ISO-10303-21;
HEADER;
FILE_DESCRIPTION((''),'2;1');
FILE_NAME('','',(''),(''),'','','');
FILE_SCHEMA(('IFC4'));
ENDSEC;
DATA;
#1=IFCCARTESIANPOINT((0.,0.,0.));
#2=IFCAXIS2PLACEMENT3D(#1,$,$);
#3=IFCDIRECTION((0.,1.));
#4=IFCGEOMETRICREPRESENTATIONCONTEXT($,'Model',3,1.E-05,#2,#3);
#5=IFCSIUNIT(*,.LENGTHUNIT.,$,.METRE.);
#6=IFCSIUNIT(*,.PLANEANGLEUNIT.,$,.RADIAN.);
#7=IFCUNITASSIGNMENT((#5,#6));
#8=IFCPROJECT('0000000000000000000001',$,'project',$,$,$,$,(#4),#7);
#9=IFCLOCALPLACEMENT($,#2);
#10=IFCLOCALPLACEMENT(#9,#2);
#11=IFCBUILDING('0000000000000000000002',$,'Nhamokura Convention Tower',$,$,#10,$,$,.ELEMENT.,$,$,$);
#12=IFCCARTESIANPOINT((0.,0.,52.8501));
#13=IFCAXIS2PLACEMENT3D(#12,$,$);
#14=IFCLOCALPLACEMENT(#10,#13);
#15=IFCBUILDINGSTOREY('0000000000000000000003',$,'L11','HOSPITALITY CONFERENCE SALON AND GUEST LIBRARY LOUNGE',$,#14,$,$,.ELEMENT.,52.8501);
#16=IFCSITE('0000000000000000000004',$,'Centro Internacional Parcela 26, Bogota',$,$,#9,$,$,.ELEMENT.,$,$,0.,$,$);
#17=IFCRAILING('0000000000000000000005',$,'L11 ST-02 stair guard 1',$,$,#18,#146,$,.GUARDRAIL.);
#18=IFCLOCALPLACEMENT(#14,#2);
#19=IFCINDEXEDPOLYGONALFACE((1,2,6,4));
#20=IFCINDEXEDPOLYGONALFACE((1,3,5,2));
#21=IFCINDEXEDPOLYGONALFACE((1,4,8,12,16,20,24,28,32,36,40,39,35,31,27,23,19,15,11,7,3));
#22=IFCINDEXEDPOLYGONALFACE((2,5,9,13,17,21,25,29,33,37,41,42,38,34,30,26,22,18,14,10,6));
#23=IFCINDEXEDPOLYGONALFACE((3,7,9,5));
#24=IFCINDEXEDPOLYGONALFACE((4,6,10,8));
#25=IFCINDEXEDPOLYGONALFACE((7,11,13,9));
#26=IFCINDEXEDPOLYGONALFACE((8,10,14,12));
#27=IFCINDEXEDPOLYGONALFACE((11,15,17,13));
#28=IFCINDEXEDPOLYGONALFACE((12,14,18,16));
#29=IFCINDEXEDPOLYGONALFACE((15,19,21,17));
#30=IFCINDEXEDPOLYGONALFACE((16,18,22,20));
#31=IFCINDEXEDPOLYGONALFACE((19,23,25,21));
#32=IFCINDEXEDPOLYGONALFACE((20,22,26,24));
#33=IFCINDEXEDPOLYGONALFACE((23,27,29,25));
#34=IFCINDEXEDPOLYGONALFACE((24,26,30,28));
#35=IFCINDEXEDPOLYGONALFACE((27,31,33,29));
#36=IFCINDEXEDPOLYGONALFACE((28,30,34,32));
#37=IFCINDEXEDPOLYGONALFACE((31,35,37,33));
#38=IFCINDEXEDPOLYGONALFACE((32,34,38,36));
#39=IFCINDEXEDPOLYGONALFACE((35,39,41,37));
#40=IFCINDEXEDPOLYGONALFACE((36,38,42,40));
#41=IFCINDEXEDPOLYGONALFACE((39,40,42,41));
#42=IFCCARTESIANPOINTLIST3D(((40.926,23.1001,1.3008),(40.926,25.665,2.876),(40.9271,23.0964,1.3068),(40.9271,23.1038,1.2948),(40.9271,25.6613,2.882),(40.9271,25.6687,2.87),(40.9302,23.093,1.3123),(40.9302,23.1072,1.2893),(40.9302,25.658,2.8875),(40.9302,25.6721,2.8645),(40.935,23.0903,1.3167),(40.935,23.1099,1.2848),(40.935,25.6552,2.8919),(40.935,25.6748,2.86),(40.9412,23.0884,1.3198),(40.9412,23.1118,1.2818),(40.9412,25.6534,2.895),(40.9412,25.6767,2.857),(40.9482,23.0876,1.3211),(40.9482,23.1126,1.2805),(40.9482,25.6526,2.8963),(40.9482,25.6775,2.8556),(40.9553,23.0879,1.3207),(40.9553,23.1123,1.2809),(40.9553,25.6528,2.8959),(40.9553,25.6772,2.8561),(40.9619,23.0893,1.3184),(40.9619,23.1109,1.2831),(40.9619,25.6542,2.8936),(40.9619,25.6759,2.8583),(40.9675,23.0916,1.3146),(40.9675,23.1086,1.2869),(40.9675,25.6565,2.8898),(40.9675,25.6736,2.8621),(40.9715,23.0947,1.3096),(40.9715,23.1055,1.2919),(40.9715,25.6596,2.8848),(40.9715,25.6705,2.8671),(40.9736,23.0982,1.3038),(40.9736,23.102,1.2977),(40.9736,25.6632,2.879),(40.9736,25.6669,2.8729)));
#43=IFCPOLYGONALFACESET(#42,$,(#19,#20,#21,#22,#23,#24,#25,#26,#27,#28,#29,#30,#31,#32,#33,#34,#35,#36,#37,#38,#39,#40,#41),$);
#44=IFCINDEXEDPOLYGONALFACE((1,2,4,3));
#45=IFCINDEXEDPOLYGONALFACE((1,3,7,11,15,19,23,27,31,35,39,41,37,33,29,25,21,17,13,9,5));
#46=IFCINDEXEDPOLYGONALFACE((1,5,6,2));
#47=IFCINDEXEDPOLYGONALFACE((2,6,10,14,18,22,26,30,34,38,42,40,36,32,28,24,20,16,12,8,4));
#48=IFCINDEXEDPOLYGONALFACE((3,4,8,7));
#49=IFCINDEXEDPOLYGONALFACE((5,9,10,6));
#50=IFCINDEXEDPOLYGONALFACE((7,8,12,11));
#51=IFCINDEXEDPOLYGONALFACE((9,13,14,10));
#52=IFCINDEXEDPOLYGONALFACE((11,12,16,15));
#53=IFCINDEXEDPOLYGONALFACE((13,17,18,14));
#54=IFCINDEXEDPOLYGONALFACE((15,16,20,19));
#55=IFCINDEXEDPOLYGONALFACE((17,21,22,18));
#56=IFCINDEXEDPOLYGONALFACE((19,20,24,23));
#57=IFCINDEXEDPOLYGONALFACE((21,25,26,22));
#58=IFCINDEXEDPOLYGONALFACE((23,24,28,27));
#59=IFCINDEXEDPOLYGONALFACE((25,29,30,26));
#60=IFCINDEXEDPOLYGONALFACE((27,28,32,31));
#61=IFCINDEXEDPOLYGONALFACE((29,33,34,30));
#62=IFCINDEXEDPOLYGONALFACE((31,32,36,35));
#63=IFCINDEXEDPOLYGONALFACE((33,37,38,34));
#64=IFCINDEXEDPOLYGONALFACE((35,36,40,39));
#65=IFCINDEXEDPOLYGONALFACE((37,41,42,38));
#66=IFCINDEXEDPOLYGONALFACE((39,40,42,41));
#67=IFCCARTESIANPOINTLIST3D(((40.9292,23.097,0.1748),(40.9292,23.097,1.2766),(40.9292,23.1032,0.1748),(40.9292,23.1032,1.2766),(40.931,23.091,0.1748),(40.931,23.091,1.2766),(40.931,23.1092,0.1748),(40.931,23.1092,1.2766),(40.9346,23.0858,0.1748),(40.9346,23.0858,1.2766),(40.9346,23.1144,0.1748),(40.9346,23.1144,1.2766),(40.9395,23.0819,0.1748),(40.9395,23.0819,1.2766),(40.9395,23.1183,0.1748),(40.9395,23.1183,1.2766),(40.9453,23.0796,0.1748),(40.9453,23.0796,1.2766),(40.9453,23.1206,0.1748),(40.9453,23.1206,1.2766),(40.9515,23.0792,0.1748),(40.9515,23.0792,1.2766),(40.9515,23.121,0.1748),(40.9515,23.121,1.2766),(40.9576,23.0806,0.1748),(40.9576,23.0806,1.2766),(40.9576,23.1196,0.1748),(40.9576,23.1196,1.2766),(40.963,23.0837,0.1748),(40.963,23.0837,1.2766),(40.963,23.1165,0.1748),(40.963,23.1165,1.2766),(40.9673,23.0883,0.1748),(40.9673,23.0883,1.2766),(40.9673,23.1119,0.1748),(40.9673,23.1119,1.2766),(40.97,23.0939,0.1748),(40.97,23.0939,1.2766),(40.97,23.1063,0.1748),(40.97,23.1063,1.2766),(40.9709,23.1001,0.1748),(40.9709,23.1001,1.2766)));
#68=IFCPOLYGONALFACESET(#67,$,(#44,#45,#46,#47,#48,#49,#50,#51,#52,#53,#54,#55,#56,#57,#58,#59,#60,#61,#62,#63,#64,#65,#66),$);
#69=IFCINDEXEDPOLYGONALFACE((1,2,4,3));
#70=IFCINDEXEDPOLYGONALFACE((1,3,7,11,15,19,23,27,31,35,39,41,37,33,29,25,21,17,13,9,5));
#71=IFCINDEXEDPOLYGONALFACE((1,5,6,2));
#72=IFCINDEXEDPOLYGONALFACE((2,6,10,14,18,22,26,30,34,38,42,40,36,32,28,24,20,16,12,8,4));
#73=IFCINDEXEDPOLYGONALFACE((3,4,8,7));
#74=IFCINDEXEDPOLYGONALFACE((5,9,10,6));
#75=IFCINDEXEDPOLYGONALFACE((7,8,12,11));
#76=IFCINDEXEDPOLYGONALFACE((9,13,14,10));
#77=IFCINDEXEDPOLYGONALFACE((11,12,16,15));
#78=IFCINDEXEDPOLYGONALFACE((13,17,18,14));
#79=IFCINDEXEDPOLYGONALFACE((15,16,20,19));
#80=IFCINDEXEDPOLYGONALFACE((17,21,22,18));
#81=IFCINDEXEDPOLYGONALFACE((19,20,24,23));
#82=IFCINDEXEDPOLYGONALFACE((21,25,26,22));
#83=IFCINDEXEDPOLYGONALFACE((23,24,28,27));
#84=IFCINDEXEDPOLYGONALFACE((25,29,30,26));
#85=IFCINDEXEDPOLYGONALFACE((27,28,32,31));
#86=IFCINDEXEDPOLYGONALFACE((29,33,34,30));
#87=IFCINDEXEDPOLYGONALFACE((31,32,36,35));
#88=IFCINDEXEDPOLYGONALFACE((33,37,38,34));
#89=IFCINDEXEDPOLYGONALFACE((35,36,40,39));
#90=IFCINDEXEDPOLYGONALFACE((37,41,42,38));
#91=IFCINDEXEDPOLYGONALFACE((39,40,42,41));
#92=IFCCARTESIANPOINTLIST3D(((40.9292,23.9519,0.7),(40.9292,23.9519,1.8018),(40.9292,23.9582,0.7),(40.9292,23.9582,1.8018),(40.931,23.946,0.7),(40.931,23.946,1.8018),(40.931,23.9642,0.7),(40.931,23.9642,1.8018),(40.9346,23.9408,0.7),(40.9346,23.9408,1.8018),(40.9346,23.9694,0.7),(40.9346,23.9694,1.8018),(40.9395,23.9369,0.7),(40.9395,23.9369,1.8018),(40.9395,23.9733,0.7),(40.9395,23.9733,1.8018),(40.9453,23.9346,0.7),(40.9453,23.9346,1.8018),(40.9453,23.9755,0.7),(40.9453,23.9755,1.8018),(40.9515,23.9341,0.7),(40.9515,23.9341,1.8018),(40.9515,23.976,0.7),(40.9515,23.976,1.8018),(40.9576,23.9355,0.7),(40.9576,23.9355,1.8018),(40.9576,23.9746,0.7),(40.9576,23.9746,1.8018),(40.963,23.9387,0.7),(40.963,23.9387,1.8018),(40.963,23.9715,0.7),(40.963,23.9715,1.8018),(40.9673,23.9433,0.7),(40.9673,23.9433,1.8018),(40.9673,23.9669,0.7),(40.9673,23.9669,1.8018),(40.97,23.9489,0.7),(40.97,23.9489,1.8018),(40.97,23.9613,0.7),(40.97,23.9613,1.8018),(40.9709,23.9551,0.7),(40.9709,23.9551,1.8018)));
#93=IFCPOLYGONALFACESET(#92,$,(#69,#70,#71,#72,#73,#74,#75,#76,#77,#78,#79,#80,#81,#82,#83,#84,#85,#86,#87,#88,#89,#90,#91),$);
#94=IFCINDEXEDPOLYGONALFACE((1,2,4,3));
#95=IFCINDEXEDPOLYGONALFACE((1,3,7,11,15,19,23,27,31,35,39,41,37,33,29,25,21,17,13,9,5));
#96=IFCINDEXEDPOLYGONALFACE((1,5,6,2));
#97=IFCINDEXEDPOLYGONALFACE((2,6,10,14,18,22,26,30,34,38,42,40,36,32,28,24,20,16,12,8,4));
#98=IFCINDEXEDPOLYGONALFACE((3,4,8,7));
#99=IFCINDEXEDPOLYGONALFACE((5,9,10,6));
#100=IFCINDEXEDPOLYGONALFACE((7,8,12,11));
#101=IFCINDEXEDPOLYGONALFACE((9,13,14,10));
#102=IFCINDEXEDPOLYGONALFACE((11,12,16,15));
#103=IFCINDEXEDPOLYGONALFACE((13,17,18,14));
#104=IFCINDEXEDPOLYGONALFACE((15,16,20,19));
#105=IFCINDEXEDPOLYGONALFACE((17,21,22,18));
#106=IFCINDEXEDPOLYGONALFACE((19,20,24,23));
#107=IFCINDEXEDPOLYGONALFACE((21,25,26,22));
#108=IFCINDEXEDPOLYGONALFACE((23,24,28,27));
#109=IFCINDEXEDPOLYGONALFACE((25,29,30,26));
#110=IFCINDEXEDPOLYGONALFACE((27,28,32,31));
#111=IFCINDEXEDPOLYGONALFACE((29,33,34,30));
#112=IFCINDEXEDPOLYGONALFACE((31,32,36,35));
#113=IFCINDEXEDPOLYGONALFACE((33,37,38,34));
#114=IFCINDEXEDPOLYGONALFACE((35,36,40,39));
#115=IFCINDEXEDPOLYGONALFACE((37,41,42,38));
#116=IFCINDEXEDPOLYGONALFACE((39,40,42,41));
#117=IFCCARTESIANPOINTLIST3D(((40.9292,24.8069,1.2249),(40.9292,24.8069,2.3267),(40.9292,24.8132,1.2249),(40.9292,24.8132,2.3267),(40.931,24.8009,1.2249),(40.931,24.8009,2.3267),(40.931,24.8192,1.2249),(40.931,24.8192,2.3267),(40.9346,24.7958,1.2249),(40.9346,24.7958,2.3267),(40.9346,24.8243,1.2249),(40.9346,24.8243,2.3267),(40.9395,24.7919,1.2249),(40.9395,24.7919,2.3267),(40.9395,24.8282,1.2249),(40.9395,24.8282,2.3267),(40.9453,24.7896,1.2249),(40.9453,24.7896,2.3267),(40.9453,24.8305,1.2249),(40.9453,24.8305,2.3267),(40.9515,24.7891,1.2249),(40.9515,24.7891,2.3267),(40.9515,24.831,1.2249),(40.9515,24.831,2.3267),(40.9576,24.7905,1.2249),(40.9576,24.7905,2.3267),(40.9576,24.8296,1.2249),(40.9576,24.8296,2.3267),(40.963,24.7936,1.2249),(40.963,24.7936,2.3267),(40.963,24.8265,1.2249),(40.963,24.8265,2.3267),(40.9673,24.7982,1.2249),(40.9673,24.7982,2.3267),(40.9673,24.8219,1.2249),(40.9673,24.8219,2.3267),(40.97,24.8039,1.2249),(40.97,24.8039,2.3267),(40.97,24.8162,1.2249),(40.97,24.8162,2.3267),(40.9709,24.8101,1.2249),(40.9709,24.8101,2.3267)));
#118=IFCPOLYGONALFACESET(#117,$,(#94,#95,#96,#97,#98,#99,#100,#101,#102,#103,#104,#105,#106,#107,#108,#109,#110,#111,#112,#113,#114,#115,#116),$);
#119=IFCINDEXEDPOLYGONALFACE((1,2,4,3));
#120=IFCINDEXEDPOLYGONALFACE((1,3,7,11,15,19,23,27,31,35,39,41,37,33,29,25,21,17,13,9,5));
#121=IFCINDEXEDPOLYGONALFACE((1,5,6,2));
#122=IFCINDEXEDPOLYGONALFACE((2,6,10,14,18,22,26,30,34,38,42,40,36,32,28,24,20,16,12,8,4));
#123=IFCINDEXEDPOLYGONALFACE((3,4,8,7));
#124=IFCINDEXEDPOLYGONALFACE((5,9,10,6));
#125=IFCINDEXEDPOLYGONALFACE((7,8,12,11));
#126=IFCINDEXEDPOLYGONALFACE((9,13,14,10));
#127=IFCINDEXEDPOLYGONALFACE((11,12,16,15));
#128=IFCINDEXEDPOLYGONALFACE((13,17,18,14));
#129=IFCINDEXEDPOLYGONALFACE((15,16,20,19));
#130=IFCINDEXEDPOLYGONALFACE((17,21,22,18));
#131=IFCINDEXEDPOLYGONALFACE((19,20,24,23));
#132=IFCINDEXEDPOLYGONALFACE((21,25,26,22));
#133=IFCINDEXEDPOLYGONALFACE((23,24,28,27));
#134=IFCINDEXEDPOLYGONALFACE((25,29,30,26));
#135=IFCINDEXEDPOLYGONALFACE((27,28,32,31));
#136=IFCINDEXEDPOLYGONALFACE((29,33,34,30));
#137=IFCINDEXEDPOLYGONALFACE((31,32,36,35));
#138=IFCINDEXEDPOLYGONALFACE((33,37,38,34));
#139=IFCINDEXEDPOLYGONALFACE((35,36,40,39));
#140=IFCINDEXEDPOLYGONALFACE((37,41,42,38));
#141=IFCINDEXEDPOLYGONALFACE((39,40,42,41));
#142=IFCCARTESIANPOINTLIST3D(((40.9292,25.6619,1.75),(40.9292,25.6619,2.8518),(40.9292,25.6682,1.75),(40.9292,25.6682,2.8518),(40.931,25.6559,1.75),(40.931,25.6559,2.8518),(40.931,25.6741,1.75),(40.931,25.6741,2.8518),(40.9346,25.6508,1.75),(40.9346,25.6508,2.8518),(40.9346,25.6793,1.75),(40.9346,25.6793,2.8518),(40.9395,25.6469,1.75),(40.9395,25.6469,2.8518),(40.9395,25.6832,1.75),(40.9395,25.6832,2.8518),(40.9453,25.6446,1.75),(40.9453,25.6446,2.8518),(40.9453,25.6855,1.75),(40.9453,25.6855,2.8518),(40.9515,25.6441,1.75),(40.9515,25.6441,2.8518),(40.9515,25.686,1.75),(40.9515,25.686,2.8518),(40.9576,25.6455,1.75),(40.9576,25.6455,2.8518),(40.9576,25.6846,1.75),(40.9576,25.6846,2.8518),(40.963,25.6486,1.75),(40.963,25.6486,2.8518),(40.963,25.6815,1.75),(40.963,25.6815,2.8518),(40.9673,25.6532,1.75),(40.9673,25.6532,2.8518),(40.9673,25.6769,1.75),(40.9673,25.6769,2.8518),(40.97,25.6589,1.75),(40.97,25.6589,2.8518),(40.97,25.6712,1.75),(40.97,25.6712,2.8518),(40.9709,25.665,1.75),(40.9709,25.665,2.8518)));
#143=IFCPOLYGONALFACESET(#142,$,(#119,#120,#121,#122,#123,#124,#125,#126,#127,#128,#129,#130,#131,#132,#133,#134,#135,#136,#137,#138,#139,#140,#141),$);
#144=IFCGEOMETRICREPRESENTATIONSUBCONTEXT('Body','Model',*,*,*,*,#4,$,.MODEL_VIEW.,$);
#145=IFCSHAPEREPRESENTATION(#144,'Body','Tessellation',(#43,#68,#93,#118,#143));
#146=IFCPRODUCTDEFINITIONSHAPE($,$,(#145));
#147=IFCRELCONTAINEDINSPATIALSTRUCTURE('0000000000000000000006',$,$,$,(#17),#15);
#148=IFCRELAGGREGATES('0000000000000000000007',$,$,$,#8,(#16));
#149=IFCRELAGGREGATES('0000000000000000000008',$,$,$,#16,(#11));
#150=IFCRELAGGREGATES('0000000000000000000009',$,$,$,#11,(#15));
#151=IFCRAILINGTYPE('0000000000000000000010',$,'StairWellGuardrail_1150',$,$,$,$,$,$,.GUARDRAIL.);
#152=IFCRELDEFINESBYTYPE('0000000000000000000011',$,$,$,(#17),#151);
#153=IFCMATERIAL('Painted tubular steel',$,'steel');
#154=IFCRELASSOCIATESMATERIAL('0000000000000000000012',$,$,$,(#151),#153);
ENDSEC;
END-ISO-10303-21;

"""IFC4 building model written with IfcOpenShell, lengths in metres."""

from ifc_helpers import new_model, si_unit, direction, frame, origin, origin_2d, place, context, subcontext, project, spatial, circle, extrude, material, type_object, element, save


model = new_model("IFC4")

# Units and contexts
model_context = context("Model", 3, precision=1e-05, world=origin(), true_north=direction((0.0, 1.0)))
body_context = subcontext(model_context, "Body", "Model", "MODEL_VIEW")
ifc_project = project(units=[si_unit("LENGTHUNIT", "METRE"), si_unit("PLANEANGLEUNIT", "RADIAN")], contexts=[model_context])

# Site, building, storey
site_placement = place(None, origin())
site = spatial("IfcSite", under=ifc_project, at=site_placement, Name="Centro Internacional Parcela 26, Bogota", CompositionType="ELEMENT", RefElevation=0.0)
building_placement = place(site_placement, origin())
building = spatial("IfcBuilding", under=site, at=building_placement, Name="Nhamokura Convention Tower", CompositionType="ELEMENT")
storey_placement = place(building_placement, frame((0.0, 0.0, 52.8501)))
storey = spatial("IfcBuildingStorey", under=building, at=storey_placement, Name="L11", Description="HOSPITALITY CONFERENCE SALON AND GUEST LIBRARY LOUNGE", CompositionType="ELEMENT", Elevation=52.8501)

# Railing
ifc_material_1 = material(Name="Painted tubular steel", Category="steel")
railing_type_1 = type_object("IfcRailingType", Name="StairWellGuardrail_1150", PredefinedType="GUARDRAIL", material=ifc_material_1)
railing_1_placement = place(storey_placement, frame((40.95, 23.1001, 0.1748)))
element("IfcRailing", 1, at=railing_1_placement, inside=storey, type_object=railing_type_1, Name="L11 ST-02 stair guard 1", PredefinedType="GUARDRAIL", context=body_context, shape_type="SweptSolid", body=[
    extrude(circle(Radius=0.0239, at=origin_2d()), frame((0.0, 0.0, 1.126), z_axis=(0.0, 0.852137, 0.523319), x_axis=(-1.0, 0.0, 0.0)), (0.0, 0.0, 1.0), 3.01),
    extrude(circle(Radius=0.021, at=origin_2d()), origin(), (0.0, 0.0, 1.0), 1.1018),
    extrude(circle(Radius=0.021, at=origin_2d()), frame((0.0, 0.855, 0.5251)), (0.0, 0.0, 1.0), 1.1018),
    extrude(circle(Radius=0.021, at=origin_2d()), frame((0.0, 1.71, 1.05)), (0.0, 0.0, 1.0), 1.1018),
    extrude(circle(Radius=0.021, at=origin_2d()), frame((0.0, 2.5649, 1.5752)), (0.0, 0.0, 1.0), 1.1018),
])

save(model, "model.ifc")
